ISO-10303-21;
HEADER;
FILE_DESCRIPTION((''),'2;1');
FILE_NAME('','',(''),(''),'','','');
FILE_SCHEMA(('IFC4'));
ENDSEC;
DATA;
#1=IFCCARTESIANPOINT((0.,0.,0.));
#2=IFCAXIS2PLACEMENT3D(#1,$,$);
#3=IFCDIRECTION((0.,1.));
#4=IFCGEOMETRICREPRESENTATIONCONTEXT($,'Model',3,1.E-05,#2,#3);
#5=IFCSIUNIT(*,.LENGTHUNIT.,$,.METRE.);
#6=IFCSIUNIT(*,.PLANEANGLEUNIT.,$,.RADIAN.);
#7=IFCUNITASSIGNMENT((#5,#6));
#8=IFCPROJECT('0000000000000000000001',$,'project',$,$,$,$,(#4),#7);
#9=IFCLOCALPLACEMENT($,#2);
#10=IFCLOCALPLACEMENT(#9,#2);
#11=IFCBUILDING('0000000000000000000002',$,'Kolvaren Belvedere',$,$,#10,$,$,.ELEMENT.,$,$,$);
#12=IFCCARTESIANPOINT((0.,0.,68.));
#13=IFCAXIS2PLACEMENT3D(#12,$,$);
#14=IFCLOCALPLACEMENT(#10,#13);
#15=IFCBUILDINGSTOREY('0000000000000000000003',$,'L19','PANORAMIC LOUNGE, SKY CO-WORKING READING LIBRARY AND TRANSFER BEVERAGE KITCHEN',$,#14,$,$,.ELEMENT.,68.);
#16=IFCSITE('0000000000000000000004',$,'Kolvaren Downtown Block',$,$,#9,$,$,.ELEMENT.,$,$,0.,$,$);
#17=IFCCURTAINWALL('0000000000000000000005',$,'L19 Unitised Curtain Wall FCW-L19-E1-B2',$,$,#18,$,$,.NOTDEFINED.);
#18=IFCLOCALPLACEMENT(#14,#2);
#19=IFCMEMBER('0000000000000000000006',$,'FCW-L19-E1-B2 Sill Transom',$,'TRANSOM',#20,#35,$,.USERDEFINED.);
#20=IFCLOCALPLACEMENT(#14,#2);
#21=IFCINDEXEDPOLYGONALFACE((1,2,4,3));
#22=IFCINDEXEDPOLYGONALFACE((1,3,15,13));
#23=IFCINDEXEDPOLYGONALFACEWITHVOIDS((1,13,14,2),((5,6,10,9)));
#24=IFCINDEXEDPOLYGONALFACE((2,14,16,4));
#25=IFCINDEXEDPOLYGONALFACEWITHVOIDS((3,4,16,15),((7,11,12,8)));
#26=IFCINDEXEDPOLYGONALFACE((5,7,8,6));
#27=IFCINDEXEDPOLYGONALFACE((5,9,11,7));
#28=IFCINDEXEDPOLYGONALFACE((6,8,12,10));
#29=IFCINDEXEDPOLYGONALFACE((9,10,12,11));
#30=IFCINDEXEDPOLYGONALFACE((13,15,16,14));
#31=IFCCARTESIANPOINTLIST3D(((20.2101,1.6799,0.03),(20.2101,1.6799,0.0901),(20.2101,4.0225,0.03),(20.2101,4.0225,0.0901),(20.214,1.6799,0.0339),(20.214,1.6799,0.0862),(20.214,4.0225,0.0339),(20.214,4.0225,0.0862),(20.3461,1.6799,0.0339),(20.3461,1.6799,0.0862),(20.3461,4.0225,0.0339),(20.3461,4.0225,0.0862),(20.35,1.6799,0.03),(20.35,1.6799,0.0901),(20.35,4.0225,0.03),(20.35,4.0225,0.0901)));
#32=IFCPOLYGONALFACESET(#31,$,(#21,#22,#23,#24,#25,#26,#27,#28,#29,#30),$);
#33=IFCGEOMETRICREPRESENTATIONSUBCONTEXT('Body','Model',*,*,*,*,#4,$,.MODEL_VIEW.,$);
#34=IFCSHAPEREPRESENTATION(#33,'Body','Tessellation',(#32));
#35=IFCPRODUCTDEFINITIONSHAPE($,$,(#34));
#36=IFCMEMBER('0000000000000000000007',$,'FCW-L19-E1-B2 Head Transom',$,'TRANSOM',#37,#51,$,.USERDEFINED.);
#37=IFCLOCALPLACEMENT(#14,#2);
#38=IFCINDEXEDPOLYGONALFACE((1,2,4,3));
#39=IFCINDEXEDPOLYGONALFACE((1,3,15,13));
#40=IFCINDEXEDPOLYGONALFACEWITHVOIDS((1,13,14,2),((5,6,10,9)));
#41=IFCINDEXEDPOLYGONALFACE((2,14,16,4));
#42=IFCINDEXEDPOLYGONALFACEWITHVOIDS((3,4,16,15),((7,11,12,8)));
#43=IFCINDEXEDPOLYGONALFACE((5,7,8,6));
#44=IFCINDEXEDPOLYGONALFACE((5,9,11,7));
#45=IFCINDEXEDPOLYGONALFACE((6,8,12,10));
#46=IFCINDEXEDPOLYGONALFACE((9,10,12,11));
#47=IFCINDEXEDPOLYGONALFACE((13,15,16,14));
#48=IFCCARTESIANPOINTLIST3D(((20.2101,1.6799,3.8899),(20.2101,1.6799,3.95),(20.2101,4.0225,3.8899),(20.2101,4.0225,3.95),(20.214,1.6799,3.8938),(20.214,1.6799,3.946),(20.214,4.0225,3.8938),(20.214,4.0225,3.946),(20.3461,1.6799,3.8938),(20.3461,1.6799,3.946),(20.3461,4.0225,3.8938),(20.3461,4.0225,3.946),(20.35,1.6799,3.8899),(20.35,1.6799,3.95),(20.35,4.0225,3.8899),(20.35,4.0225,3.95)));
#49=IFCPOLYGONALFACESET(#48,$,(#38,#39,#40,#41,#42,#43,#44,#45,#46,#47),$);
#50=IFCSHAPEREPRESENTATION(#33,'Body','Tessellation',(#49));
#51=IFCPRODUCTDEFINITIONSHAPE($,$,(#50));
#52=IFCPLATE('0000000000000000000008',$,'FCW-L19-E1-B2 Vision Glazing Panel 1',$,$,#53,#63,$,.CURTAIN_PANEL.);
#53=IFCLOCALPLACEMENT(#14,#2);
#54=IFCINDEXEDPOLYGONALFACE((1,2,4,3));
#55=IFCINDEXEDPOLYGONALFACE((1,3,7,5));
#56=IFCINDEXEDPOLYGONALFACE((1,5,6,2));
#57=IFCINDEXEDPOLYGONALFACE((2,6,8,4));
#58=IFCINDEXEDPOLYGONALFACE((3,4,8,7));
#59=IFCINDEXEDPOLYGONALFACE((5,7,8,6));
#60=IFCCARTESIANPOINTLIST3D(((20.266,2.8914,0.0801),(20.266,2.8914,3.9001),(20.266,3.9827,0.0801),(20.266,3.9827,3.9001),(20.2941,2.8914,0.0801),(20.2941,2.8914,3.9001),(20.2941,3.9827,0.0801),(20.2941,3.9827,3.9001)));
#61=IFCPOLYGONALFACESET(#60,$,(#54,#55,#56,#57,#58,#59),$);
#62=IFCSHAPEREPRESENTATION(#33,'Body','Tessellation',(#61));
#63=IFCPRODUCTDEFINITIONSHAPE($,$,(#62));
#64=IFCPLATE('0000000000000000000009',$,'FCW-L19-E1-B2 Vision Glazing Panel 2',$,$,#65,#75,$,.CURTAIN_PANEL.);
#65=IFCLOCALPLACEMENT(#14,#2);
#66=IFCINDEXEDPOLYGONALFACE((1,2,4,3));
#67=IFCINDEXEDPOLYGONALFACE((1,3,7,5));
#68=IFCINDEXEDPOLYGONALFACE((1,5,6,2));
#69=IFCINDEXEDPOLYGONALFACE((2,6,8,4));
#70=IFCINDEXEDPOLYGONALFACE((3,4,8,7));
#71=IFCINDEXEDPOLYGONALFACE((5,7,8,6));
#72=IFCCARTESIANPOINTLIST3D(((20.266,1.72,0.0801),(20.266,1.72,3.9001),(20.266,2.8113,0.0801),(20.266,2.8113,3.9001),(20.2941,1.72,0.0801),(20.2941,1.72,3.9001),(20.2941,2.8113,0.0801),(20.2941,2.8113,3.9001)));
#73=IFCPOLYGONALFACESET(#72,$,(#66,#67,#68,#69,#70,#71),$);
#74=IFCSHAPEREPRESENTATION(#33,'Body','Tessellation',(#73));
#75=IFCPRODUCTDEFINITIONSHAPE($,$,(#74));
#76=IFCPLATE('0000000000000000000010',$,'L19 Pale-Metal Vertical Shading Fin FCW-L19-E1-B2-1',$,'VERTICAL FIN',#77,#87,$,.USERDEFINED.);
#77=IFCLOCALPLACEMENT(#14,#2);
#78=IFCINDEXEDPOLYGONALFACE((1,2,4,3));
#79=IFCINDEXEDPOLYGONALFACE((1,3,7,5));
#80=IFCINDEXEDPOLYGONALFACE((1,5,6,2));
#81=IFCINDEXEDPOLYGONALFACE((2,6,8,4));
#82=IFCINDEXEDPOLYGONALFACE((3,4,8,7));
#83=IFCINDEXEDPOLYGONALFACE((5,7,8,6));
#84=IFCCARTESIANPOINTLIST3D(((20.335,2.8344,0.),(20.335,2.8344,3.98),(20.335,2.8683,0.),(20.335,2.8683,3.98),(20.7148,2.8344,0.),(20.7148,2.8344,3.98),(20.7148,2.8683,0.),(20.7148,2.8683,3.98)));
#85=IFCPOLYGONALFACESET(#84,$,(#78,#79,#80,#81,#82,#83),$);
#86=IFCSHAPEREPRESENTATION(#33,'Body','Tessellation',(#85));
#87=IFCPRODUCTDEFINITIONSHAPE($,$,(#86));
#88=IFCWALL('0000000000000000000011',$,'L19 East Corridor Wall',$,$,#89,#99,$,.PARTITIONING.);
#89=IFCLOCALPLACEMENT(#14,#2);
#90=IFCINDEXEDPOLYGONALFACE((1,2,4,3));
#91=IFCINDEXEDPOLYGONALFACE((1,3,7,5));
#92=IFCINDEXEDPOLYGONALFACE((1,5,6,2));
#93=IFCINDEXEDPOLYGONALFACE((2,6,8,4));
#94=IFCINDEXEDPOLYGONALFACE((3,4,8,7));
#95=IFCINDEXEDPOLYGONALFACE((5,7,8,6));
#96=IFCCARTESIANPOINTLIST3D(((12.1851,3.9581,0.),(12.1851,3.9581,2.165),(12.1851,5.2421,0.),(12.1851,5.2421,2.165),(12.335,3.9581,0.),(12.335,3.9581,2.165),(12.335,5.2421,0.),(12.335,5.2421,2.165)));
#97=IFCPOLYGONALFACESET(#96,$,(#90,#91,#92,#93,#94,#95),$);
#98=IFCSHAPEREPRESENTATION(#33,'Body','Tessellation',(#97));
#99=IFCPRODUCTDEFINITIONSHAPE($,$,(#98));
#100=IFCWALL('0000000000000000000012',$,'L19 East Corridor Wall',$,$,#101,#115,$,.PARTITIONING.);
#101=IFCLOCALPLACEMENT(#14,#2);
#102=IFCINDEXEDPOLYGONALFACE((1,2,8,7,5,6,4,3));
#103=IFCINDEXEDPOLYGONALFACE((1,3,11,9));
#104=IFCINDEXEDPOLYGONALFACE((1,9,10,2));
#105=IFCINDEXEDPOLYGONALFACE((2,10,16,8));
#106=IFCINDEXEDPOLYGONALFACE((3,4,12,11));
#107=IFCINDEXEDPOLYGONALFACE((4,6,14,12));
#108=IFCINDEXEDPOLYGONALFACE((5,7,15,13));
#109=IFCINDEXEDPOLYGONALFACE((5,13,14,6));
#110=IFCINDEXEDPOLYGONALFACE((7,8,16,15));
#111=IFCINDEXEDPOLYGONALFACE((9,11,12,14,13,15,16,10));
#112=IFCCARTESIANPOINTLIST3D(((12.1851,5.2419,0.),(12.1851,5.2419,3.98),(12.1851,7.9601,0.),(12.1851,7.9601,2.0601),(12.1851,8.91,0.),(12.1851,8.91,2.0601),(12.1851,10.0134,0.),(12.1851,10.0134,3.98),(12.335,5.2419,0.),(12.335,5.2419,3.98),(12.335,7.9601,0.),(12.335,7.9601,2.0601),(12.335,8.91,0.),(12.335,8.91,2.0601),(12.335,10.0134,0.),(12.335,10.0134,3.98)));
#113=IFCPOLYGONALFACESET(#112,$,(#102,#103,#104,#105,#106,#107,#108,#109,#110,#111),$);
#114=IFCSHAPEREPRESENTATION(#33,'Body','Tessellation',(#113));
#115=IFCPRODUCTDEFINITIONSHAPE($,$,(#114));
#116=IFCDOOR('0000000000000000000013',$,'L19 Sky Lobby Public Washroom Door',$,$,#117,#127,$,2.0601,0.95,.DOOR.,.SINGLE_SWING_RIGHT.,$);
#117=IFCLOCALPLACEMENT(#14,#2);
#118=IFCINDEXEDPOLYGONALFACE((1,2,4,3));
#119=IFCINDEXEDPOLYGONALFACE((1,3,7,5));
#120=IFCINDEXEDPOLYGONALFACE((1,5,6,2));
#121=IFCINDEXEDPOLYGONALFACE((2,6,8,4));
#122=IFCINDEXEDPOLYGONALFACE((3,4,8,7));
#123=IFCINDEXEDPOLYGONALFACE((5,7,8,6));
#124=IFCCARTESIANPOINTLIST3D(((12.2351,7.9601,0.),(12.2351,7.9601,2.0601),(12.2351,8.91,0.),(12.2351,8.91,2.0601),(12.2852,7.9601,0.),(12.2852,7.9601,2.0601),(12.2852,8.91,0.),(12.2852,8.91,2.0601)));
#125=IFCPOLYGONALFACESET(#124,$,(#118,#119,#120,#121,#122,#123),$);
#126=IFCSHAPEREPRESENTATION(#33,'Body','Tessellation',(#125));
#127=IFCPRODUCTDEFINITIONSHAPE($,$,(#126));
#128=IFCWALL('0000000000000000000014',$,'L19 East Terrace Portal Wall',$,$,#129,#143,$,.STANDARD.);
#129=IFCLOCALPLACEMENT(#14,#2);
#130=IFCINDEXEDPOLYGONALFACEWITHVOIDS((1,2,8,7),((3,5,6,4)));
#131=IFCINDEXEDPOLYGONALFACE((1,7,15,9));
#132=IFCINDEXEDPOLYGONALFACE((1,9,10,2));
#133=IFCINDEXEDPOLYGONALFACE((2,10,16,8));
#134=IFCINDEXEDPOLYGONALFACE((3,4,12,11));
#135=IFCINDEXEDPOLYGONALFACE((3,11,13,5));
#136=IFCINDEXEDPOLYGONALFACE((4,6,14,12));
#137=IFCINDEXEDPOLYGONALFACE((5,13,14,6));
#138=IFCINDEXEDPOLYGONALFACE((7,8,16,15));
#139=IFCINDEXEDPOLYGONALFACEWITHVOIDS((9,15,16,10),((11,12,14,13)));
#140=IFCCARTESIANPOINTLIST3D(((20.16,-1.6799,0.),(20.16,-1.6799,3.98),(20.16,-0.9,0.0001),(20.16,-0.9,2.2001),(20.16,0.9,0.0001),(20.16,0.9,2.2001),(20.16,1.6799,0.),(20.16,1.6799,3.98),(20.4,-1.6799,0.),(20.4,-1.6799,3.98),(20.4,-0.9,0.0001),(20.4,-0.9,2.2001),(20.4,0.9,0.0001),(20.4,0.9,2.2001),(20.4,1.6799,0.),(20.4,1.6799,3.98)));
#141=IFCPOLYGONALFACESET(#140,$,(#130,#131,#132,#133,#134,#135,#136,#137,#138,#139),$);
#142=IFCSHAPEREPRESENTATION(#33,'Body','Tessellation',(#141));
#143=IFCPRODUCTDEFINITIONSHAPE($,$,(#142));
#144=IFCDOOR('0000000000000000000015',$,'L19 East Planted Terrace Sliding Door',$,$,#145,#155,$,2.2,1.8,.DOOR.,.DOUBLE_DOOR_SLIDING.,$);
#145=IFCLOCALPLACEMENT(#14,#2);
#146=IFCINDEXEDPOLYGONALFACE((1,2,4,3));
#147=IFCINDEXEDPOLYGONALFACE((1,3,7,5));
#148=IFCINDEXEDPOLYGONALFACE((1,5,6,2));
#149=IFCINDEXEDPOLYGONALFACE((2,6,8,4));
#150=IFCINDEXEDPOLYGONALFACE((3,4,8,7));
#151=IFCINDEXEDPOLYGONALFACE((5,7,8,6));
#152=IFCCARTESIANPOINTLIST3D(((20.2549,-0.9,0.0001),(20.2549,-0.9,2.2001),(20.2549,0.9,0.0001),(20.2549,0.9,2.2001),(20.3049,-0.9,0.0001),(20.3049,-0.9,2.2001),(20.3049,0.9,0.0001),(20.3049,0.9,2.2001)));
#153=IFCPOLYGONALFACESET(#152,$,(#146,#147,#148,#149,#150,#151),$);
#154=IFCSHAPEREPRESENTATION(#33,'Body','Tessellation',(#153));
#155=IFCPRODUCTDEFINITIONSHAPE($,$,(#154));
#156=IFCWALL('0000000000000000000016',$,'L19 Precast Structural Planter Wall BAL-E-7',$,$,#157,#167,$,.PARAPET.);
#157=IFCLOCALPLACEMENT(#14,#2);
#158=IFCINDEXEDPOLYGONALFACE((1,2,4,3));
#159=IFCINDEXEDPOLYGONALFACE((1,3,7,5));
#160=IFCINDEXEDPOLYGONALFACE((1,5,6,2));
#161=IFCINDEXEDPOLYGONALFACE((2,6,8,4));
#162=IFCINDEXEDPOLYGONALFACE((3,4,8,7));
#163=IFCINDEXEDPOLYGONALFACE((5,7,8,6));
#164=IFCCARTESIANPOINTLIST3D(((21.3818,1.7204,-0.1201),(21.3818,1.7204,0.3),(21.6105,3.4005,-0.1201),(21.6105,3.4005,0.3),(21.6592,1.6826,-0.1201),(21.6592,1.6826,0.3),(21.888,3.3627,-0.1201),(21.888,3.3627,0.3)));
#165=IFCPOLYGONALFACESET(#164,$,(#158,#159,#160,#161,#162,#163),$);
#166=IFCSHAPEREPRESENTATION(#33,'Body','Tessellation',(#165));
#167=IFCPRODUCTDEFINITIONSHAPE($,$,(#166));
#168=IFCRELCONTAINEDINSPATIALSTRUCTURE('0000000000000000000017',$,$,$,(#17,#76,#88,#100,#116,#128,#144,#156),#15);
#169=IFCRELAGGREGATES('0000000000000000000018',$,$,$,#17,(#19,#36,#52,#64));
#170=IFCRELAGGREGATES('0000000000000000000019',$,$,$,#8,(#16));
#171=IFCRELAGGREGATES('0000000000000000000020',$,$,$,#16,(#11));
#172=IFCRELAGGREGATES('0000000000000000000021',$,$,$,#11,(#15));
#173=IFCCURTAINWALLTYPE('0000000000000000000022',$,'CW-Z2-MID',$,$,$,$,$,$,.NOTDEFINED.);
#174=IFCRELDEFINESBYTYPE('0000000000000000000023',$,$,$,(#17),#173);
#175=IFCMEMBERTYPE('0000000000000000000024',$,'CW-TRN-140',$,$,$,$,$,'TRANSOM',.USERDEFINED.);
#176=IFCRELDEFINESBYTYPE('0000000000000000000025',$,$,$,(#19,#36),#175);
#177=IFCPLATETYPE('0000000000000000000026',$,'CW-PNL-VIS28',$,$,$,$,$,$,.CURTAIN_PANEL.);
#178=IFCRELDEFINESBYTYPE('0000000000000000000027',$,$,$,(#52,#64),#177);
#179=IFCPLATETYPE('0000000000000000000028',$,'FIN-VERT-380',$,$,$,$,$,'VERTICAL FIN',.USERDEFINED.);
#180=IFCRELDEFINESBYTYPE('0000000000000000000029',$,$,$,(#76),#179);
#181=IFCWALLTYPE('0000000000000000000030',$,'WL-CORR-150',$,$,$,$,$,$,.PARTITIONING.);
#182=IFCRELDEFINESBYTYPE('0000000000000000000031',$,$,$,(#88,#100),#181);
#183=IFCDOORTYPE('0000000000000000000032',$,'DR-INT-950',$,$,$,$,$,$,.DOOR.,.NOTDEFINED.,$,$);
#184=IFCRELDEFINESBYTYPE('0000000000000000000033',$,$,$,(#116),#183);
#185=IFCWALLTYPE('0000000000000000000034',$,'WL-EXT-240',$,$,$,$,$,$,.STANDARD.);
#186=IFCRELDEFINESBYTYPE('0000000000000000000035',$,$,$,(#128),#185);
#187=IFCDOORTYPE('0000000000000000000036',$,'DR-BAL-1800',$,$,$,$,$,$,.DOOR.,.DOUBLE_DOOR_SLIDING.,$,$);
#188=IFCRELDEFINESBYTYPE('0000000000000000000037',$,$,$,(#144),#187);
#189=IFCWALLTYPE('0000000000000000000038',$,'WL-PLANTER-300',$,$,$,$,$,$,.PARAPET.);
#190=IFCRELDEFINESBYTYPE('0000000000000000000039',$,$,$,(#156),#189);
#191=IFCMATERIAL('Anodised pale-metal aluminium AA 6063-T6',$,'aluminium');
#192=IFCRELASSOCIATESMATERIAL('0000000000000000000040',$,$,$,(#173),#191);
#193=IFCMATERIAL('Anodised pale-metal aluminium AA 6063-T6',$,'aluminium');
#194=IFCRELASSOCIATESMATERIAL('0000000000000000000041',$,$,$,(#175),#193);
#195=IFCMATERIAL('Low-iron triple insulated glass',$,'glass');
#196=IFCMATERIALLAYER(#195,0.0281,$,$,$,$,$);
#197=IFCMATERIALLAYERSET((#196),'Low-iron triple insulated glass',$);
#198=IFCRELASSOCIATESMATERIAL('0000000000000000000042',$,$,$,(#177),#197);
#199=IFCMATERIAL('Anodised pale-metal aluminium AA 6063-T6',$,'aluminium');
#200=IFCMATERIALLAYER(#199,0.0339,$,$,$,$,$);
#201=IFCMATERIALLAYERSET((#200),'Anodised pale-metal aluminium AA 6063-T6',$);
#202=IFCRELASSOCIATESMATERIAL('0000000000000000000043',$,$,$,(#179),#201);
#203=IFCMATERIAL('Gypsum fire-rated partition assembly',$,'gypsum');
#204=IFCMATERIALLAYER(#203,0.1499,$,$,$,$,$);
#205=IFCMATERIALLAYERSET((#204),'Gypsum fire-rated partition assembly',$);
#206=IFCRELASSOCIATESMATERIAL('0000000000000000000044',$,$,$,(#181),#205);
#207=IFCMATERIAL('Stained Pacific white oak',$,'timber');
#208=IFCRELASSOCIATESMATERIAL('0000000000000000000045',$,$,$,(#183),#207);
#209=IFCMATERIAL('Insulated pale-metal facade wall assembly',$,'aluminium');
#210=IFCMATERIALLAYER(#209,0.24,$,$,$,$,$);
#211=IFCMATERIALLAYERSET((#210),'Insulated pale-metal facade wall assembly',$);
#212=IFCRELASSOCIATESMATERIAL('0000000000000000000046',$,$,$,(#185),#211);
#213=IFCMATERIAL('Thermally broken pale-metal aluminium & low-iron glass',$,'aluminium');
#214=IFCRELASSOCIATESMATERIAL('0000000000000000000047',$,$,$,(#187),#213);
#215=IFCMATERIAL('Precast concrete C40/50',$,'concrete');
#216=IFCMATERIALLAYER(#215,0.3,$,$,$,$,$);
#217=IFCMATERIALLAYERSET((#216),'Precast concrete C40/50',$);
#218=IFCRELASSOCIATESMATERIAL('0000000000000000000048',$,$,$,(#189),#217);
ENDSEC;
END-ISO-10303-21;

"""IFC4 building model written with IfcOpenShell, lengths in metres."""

from ifc_helpers import new_model, si_unit, direction, frame, frame_2d, origin, origin_2d, place, context, subcontext, project, spatial, rectangle, hollow_rectangle, extrude, material, layer, layer_set, material_profile, profile_set, type_object, element, fill, aggregate, save


model = new_model("IFC4")

# Units and contexts
model_context = context("Model", 3, precision=1e-05, world=origin(), true_north=direction((0.0, 1.0)))
body_context = subcontext(model_context, "Body", "Model", "MODEL_VIEW")
ifc_project = project(units=[si_unit("LENGTHUNIT", "METRE"), si_unit("PLANEANGLEUNIT", "RADIAN")], contexts=[model_context])

# Site, building, storey
site_placement = place(None, origin())
site = spatial("IfcSite", under=ifc_project, at=site_placement, Name="Kolvaren Downtown Block", CompositionType="ELEMENT", RefElevation=0.0)
building_placement = place(site_placement, origin())
building = spatial("IfcBuilding", under=site, at=building_placement, Name="Kolvaren Belvedere", CompositionType="ELEMENT")
storey_placement = place(building_placement, frame((0.0, 0.0, 68.0)))
storey = spatial("IfcBuildingStorey", under=building, at=storey_placement, Name="L19", Description="PANORAMIC LOUNGE, SKY CO-WORKING READING LIBRARY AND TRANSFER BEVERAGE KITCHEN", CompositionType="ELEMENT", Elevation=68.0)

# Shared definitions
ifc_material_1 = material(Name="Anodised pale-metal aluminium AA 6063-T6", Category="aluminium")
curtain_wall_type = type_object("IfcCurtainWallType", Name="CW-Z2-MID", PredefinedType="NOTDEFINED", material=ifc_material_1)

# Curtain wall, members, plates
curtain_wall_1_placement = place(storey_placement, origin())
curtain_wall_1 = element("IfcCurtainWall", 1, at=curtain_wall_1_placement, inside=storey, type_object=curtain_wall_type, Name="L19 Unitised Curtain Wall FCW-L19-E1-B2", PredefinedType="NOTDEFINED")
ifc_material_2 = material(Name="Anodised pale-metal aluminium AA 6063-T6", Category="aluminium")
ifc_material_profile_1 = material_profile(ifc_material_2, hollow_rectangle(XDim=0.0601, YDim=0.1399, WallThickness=0.0039, at=origin_2d()), Name="ALU-TRN-140X60")
ifc_profile_set_1 = profile_set([ifc_material_profile_1], Name="Anodised pale-metal aluminium AA 6063-T6")
member_type_1 = type_object("IfcMemberType", Name="CW-TRN-140", ElementType="TRANSOM", PredefinedType="USERDEFINED", material=ifc_profile_set_1)
member_1_placement = place(storey_placement, frame((20.28, 4.0225, 0.0601), z_axis=(0.0, -1.0, 0.0), x_axis=(0.0, 0.0, 1.0)))
member_1 = element("IfcMember", 2, at=member_1_placement, type_object=member_type_1, Name="FCW-L19-E1-B2 Sill Transom", ObjectType="TRANSOM", PredefinedType="USERDEFINED", context=body_context, shape_type="SweptSolid", body=[
    extrude(hollow_rectangle(XDim=0.0601, YDim=0.1399, WallThickness=0.0039, at=origin_2d()), origin(), (0.0, 0.0, 1.0), 2.3425),
])
member_2_placement = place(storey_placement, frame((20.28, 4.0225, 3.9199), z_axis=(0.0, -1.0, 0.0), x_axis=(0.0, 0.0, 1.0)))
member_2 = element("IfcMember", 3, at=member_2_placement, type_object=member_type_1, Name="FCW-L19-E1-B2 Head Transom", ObjectType="TRANSOM", PredefinedType="USERDEFINED", context=body_context, shape_type="SweptSolid", body=[
    extrude(hollow_rectangle(XDim=0.0601, YDim=0.1399, WallThickness=0.0039, at=origin_2d()), origin(), (0.0, 0.0, 1.0), 2.3425),
])
ifc_material_3 = material(Name="Low-iron triple insulated glass", Category="glass")
ifc_layer_1 = layer(ifc_material_3, 0.0281)
ifc_layer_set_1 = layer_set([ifc_layer_1], Name="Low-iron triple insulated glass")
plate_type_1 = type_object("IfcPlateType", Name="CW-PNL-VIS28", PredefinedType="CURTAIN_PANEL", material=ifc_layer_set_1)
plate_1_placement = place(storey_placement, frame((20.28, 3.437, 0.0801), z_axis=(0.0, 0.0, 1.0), x_axis=(0.0, -1.0, 0.0)))
plate_1 = element("IfcPlate", 4, at=plate_1_placement, type_object=plate_type_1, Name="FCW-L19-E1-B2 Vision Glazing Panel 1", PredefinedType="CURTAIN_PANEL", context=body_context, shape_type="SweptSolid", body=[
    extrude(rectangle(XDim=1.0913, YDim=0.0281, at=origin_2d()), origin(), (0.0, 0.0, 1.0), 3.8201),
])
plate_2_placement = place(storey_placement, frame((20.28, 2.2656, 0.0801), z_axis=(0.0, 0.0, 1.0), x_axis=(0.0, -1.0, 0.0)))
plate_2 = element("IfcPlate", 5, at=plate_2_placement, type_object=plate_type_1, Name="FCW-L19-E1-B2 Vision Glazing Panel 2", PredefinedType="CURTAIN_PANEL", context=body_context, shape_type="SweptSolid", body=[
    extrude(rectangle(XDim=1.0913, YDim=0.0281, at=origin_2d()), origin(), (0.0, 0.0, 1.0), 3.8201),
])
aggregate(curtain_wall_1, [member_1, member_2, plate_1, plate_2])

# Plate
ifc_material_4 = material(Name="Anodised pale-metal aluminium AA 6063-T6", Category="aluminium")
ifc_layer_2 = layer(ifc_material_4, 0.0339)
ifc_layer_set_2 = layer_set([ifc_layer_2], Name="Anodised pale-metal aluminium AA 6063-T6")
plate_type_2 = type_object("IfcPlateType", Name="FIN-VERT-380", ElementType="VERTICAL FIN", PredefinedType="USERDEFINED", material=ifc_layer_set_2)
plate_3_placement = place(storey_placement, frame((20.5249, 2.8513, 0.0), z_axis=(0.0, 0.0, 1.0), x_axis=(1.0, 0.0, 0.0)))
element("IfcPlate", 6, at=plate_3_placement, inside=storey, type_object=plate_type_2, Name="L19 Pale-Metal Vertical Shading Fin FCW-L19-E1-B2-1", ObjectType="VERTICAL FIN", PredefinedType="USERDEFINED", context=body_context, shape_type="SweptSolid", body=[
    extrude(rectangle(XDim=0.3799, YDim=0.0339, at=origin_2d()), origin(), (0.0, 0.0, 1.0), 3.98),
])

# Wall
ifc_material_5 = material(Name="Gypsum fire-rated partition assembly", Category="gypsum")
ifc_layer_3 = layer(ifc_material_5, 0.1499)
ifc_layer_set_3 = layer_set([ifc_layer_3], Name="Gypsum fire-rated partition assembly")
wall_type_1 = type_object("IfcWallType", Name="WL-CORR-150", PredefinedType="PARTITIONING", material=ifc_layer_set_3)
wall_1_placement = place(storey_placement, frame((12.26, 3.958, 0.0), z_axis=(0.0, 0.0, 1.0), x_axis=(0.0, 1.0, 0.0)))
element("IfcWall", 7, at=wall_1_placement, inside=storey, type_object=wall_type_1, Name="L19 East Corridor Wall", PredefinedType="PARTITIONING", context=body_context, shape_type="SweptSolid", body=[
    extrude(rectangle(XDim=1.2839, YDim=0.1499, at=frame_2d((0.6421, 0.0))), origin(), (0.0, 0.0, 1.0), 2.165),
])

# Walls, openings, doors
wall_2_placement = place(storey_placement, frame((12.26, 5.2419, 0.0), z_axis=(0.0, 0.0, 1.0), x_axis=(0.0, 1.0, 0.0)))
wall_2 = element("IfcWall", 8, at=wall_2_placement, inside=storey, type_object=wall_type_1, Name="L19 East Corridor Wall", PredefinedType="PARTITIONING", context=body_context, shape_type="SweptSolid", body=[
    extrude(rectangle(XDim=4.7715, YDim=0.1499, at=frame_2d((2.3857, 0.0))), origin(), (0.0, 0.0, 1.0), 3.98),
])
opening_1_placement = place(wall_2_placement, frame((2.718, 0.0, 0.0)))
opening_1 = element("IfcOpeningElement", 9, at=opening_1_placement, cuts=wall_2, PredefinedType="OPENING", context=body_context, shape_type="SweptSolid", body=[
    extrude(rectangle(XDim=0.95, YDim=2.0601, at=frame_2d((0.4751, 1.03))), frame((0.0, 0.085, 0.0), z_axis=(0.0, -1.0, 0.0), x_axis=(1.0, 0.0, 0.0)), (0.0, 0.0, 1.0), 0.1699),
])
ifc_material_6 = material(Name="Stained Pacific white oak", Category="timber")
door_type_1 = type_object("IfcDoorType", Name="DR-INT-950", OperationType="NOTDEFINED", PredefinedType="DOOR", material=ifc_material_6)
door_1_placement = place(opening_1_placement, origin())
door_1 = element("IfcDoor", 10, at=door_1_placement, inside=storey, type_object=door_type_1, Name="L19 Sky Lobby Public Washroom Door", OperationType="SINGLE_SWING_RIGHT", OverallHeight=2.0601, OverallWidth=0.95, PredefinedType="DOOR", context=body_context, shape_type="SweptSolid", body=[
    extrude(rectangle(XDim=0.95, YDim=2.0601, at=frame_2d((0.4751, 1.03))), frame((0.0, 0.0249, 0.0), z_axis=(0.0, -1.0, 0.0), x_axis=(1.0, 0.0, 0.0)), (0.0, 0.0, 1.0), 0.05),
])
fill(opening_1, door_1)
ifc_material_7 = material(Name="Insulated pale-metal facade wall assembly", Category="aluminium")
ifc_layer_4 = layer(ifc_material_7, 0.24)
ifc_layer_set_4 = layer_set([ifc_layer_4], Name="Insulated pale-metal facade wall assembly")
wall_type_2 = type_object("IfcWallType", Name="WL-EXT-240", PredefinedType="STANDARD", material=ifc_layer_set_4)
wall_3_placement = place(storey_placement, frame((20.28, 1.6799, 0.0), z_axis=(0.0, 0.0, 1.0), x_axis=(0.0, -1.0, 0.0)))
wall_3 = element("IfcWall", 11, at=wall_3_placement, inside=storey, type_object=wall_type_2, Name="L19 East Terrace Portal Wall", PredefinedType="STANDARD", context=body_context, shape_type="SweptSolid", body=[
    extrude(rectangle(XDim=3.3599, YDim=0.24, at=frame_2d((1.6799, 0.0))), origin(), (0.0, 0.0, 1.0), 3.98),
])
opening_2_placement = place(wall_3_placement, frame((0.78, 0.0, 0.0)))
opening_2 = element("IfcOpeningElement", 12, at=opening_2_placement, cuts=wall_3, PredefinedType="OPENING", context=body_context, shape_type="SweptSolid", body=[
    extrude(rectangle(XDim=1.8, YDim=2.2, at=frame_2d((0.8999, 1.1001))), frame((0.0, 0.1299, 0.0), z_axis=(0.0, -1.0, 0.0), x_axis=(1.0, 0.0, 0.0)), (0.0, 0.0, 1.0), 0.26),
])
ifc_material_8 = material(Name="Thermally broken pale-metal aluminium & low-iron glass", Category="aluminium")
door_type_2 = type_object("IfcDoorType", Name="DR-BAL-1800", OperationType="DOUBLE_DOOR_SLIDING", PredefinedType="DOOR", material=ifc_material_8)
door_2_placement = place(opening_2_placement, origin())
door_2 = element("IfcDoor", 13, at=door_2_placement, inside=storey, type_object=door_type_2, Name="L19 East Planted Terrace Sliding Door", OperationType="DOUBLE_DOOR_SLIDING", OverallHeight=2.2, OverallWidth=1.8, PredefinedType="DOOR", context=body_context, shape_type="SweptSolid", body=[
    extrude(rectangle(XDim=1.8, YDim=2.2, at=frame_2d((0.8999, 1.1001))), frame((0.0, 0.0249, 0.0), z_axis=(0.0, -1.0, 0.0), x_axis=(1.0, 0.0, 0.0)), (0.0, 0.0, 1.0), 0.05),
])
fill(opening_2, door_2)

# Wall
ifc_material_9 = material(Name="Precast concrete C40/50", Category="concrete")
ifc_layer_5 = layer(ifc_material_9, 0.3)
ifc_layer_set_5 = layer_set([ifc_layer_5], Name="Precast concrete C40/50")
wall_type_3 = type_object("IfcWallType", Name="WL-PLANTER-300", PredefinedType="PARAPET", material=ifc_layer_set_5)
wall_4_placement = place(storey_placement, frame((21.5205, 1.7017, -0.1201), z_axis=(0.0, 0.0, 1.0), x_axis=(0.134927, 0.990856, 0.0)))
element("IfcWall", 14, at=wall_4_placement, inside=storey, type_object=wall_type_3, Name="L19 Precast Structural Planter Wall BAL-E-7", PredefinedType="PARAPET", context=body_context, shape_type="SweptSolid", body=[
    extrude(rectangle(XDim=1.6956, YDim=0.28, at=frame_2d((0.8477, 0.0))), origin(), (0.0, 0.0, 1.0), 0.4202),
])

save(model, "model.ifc")
